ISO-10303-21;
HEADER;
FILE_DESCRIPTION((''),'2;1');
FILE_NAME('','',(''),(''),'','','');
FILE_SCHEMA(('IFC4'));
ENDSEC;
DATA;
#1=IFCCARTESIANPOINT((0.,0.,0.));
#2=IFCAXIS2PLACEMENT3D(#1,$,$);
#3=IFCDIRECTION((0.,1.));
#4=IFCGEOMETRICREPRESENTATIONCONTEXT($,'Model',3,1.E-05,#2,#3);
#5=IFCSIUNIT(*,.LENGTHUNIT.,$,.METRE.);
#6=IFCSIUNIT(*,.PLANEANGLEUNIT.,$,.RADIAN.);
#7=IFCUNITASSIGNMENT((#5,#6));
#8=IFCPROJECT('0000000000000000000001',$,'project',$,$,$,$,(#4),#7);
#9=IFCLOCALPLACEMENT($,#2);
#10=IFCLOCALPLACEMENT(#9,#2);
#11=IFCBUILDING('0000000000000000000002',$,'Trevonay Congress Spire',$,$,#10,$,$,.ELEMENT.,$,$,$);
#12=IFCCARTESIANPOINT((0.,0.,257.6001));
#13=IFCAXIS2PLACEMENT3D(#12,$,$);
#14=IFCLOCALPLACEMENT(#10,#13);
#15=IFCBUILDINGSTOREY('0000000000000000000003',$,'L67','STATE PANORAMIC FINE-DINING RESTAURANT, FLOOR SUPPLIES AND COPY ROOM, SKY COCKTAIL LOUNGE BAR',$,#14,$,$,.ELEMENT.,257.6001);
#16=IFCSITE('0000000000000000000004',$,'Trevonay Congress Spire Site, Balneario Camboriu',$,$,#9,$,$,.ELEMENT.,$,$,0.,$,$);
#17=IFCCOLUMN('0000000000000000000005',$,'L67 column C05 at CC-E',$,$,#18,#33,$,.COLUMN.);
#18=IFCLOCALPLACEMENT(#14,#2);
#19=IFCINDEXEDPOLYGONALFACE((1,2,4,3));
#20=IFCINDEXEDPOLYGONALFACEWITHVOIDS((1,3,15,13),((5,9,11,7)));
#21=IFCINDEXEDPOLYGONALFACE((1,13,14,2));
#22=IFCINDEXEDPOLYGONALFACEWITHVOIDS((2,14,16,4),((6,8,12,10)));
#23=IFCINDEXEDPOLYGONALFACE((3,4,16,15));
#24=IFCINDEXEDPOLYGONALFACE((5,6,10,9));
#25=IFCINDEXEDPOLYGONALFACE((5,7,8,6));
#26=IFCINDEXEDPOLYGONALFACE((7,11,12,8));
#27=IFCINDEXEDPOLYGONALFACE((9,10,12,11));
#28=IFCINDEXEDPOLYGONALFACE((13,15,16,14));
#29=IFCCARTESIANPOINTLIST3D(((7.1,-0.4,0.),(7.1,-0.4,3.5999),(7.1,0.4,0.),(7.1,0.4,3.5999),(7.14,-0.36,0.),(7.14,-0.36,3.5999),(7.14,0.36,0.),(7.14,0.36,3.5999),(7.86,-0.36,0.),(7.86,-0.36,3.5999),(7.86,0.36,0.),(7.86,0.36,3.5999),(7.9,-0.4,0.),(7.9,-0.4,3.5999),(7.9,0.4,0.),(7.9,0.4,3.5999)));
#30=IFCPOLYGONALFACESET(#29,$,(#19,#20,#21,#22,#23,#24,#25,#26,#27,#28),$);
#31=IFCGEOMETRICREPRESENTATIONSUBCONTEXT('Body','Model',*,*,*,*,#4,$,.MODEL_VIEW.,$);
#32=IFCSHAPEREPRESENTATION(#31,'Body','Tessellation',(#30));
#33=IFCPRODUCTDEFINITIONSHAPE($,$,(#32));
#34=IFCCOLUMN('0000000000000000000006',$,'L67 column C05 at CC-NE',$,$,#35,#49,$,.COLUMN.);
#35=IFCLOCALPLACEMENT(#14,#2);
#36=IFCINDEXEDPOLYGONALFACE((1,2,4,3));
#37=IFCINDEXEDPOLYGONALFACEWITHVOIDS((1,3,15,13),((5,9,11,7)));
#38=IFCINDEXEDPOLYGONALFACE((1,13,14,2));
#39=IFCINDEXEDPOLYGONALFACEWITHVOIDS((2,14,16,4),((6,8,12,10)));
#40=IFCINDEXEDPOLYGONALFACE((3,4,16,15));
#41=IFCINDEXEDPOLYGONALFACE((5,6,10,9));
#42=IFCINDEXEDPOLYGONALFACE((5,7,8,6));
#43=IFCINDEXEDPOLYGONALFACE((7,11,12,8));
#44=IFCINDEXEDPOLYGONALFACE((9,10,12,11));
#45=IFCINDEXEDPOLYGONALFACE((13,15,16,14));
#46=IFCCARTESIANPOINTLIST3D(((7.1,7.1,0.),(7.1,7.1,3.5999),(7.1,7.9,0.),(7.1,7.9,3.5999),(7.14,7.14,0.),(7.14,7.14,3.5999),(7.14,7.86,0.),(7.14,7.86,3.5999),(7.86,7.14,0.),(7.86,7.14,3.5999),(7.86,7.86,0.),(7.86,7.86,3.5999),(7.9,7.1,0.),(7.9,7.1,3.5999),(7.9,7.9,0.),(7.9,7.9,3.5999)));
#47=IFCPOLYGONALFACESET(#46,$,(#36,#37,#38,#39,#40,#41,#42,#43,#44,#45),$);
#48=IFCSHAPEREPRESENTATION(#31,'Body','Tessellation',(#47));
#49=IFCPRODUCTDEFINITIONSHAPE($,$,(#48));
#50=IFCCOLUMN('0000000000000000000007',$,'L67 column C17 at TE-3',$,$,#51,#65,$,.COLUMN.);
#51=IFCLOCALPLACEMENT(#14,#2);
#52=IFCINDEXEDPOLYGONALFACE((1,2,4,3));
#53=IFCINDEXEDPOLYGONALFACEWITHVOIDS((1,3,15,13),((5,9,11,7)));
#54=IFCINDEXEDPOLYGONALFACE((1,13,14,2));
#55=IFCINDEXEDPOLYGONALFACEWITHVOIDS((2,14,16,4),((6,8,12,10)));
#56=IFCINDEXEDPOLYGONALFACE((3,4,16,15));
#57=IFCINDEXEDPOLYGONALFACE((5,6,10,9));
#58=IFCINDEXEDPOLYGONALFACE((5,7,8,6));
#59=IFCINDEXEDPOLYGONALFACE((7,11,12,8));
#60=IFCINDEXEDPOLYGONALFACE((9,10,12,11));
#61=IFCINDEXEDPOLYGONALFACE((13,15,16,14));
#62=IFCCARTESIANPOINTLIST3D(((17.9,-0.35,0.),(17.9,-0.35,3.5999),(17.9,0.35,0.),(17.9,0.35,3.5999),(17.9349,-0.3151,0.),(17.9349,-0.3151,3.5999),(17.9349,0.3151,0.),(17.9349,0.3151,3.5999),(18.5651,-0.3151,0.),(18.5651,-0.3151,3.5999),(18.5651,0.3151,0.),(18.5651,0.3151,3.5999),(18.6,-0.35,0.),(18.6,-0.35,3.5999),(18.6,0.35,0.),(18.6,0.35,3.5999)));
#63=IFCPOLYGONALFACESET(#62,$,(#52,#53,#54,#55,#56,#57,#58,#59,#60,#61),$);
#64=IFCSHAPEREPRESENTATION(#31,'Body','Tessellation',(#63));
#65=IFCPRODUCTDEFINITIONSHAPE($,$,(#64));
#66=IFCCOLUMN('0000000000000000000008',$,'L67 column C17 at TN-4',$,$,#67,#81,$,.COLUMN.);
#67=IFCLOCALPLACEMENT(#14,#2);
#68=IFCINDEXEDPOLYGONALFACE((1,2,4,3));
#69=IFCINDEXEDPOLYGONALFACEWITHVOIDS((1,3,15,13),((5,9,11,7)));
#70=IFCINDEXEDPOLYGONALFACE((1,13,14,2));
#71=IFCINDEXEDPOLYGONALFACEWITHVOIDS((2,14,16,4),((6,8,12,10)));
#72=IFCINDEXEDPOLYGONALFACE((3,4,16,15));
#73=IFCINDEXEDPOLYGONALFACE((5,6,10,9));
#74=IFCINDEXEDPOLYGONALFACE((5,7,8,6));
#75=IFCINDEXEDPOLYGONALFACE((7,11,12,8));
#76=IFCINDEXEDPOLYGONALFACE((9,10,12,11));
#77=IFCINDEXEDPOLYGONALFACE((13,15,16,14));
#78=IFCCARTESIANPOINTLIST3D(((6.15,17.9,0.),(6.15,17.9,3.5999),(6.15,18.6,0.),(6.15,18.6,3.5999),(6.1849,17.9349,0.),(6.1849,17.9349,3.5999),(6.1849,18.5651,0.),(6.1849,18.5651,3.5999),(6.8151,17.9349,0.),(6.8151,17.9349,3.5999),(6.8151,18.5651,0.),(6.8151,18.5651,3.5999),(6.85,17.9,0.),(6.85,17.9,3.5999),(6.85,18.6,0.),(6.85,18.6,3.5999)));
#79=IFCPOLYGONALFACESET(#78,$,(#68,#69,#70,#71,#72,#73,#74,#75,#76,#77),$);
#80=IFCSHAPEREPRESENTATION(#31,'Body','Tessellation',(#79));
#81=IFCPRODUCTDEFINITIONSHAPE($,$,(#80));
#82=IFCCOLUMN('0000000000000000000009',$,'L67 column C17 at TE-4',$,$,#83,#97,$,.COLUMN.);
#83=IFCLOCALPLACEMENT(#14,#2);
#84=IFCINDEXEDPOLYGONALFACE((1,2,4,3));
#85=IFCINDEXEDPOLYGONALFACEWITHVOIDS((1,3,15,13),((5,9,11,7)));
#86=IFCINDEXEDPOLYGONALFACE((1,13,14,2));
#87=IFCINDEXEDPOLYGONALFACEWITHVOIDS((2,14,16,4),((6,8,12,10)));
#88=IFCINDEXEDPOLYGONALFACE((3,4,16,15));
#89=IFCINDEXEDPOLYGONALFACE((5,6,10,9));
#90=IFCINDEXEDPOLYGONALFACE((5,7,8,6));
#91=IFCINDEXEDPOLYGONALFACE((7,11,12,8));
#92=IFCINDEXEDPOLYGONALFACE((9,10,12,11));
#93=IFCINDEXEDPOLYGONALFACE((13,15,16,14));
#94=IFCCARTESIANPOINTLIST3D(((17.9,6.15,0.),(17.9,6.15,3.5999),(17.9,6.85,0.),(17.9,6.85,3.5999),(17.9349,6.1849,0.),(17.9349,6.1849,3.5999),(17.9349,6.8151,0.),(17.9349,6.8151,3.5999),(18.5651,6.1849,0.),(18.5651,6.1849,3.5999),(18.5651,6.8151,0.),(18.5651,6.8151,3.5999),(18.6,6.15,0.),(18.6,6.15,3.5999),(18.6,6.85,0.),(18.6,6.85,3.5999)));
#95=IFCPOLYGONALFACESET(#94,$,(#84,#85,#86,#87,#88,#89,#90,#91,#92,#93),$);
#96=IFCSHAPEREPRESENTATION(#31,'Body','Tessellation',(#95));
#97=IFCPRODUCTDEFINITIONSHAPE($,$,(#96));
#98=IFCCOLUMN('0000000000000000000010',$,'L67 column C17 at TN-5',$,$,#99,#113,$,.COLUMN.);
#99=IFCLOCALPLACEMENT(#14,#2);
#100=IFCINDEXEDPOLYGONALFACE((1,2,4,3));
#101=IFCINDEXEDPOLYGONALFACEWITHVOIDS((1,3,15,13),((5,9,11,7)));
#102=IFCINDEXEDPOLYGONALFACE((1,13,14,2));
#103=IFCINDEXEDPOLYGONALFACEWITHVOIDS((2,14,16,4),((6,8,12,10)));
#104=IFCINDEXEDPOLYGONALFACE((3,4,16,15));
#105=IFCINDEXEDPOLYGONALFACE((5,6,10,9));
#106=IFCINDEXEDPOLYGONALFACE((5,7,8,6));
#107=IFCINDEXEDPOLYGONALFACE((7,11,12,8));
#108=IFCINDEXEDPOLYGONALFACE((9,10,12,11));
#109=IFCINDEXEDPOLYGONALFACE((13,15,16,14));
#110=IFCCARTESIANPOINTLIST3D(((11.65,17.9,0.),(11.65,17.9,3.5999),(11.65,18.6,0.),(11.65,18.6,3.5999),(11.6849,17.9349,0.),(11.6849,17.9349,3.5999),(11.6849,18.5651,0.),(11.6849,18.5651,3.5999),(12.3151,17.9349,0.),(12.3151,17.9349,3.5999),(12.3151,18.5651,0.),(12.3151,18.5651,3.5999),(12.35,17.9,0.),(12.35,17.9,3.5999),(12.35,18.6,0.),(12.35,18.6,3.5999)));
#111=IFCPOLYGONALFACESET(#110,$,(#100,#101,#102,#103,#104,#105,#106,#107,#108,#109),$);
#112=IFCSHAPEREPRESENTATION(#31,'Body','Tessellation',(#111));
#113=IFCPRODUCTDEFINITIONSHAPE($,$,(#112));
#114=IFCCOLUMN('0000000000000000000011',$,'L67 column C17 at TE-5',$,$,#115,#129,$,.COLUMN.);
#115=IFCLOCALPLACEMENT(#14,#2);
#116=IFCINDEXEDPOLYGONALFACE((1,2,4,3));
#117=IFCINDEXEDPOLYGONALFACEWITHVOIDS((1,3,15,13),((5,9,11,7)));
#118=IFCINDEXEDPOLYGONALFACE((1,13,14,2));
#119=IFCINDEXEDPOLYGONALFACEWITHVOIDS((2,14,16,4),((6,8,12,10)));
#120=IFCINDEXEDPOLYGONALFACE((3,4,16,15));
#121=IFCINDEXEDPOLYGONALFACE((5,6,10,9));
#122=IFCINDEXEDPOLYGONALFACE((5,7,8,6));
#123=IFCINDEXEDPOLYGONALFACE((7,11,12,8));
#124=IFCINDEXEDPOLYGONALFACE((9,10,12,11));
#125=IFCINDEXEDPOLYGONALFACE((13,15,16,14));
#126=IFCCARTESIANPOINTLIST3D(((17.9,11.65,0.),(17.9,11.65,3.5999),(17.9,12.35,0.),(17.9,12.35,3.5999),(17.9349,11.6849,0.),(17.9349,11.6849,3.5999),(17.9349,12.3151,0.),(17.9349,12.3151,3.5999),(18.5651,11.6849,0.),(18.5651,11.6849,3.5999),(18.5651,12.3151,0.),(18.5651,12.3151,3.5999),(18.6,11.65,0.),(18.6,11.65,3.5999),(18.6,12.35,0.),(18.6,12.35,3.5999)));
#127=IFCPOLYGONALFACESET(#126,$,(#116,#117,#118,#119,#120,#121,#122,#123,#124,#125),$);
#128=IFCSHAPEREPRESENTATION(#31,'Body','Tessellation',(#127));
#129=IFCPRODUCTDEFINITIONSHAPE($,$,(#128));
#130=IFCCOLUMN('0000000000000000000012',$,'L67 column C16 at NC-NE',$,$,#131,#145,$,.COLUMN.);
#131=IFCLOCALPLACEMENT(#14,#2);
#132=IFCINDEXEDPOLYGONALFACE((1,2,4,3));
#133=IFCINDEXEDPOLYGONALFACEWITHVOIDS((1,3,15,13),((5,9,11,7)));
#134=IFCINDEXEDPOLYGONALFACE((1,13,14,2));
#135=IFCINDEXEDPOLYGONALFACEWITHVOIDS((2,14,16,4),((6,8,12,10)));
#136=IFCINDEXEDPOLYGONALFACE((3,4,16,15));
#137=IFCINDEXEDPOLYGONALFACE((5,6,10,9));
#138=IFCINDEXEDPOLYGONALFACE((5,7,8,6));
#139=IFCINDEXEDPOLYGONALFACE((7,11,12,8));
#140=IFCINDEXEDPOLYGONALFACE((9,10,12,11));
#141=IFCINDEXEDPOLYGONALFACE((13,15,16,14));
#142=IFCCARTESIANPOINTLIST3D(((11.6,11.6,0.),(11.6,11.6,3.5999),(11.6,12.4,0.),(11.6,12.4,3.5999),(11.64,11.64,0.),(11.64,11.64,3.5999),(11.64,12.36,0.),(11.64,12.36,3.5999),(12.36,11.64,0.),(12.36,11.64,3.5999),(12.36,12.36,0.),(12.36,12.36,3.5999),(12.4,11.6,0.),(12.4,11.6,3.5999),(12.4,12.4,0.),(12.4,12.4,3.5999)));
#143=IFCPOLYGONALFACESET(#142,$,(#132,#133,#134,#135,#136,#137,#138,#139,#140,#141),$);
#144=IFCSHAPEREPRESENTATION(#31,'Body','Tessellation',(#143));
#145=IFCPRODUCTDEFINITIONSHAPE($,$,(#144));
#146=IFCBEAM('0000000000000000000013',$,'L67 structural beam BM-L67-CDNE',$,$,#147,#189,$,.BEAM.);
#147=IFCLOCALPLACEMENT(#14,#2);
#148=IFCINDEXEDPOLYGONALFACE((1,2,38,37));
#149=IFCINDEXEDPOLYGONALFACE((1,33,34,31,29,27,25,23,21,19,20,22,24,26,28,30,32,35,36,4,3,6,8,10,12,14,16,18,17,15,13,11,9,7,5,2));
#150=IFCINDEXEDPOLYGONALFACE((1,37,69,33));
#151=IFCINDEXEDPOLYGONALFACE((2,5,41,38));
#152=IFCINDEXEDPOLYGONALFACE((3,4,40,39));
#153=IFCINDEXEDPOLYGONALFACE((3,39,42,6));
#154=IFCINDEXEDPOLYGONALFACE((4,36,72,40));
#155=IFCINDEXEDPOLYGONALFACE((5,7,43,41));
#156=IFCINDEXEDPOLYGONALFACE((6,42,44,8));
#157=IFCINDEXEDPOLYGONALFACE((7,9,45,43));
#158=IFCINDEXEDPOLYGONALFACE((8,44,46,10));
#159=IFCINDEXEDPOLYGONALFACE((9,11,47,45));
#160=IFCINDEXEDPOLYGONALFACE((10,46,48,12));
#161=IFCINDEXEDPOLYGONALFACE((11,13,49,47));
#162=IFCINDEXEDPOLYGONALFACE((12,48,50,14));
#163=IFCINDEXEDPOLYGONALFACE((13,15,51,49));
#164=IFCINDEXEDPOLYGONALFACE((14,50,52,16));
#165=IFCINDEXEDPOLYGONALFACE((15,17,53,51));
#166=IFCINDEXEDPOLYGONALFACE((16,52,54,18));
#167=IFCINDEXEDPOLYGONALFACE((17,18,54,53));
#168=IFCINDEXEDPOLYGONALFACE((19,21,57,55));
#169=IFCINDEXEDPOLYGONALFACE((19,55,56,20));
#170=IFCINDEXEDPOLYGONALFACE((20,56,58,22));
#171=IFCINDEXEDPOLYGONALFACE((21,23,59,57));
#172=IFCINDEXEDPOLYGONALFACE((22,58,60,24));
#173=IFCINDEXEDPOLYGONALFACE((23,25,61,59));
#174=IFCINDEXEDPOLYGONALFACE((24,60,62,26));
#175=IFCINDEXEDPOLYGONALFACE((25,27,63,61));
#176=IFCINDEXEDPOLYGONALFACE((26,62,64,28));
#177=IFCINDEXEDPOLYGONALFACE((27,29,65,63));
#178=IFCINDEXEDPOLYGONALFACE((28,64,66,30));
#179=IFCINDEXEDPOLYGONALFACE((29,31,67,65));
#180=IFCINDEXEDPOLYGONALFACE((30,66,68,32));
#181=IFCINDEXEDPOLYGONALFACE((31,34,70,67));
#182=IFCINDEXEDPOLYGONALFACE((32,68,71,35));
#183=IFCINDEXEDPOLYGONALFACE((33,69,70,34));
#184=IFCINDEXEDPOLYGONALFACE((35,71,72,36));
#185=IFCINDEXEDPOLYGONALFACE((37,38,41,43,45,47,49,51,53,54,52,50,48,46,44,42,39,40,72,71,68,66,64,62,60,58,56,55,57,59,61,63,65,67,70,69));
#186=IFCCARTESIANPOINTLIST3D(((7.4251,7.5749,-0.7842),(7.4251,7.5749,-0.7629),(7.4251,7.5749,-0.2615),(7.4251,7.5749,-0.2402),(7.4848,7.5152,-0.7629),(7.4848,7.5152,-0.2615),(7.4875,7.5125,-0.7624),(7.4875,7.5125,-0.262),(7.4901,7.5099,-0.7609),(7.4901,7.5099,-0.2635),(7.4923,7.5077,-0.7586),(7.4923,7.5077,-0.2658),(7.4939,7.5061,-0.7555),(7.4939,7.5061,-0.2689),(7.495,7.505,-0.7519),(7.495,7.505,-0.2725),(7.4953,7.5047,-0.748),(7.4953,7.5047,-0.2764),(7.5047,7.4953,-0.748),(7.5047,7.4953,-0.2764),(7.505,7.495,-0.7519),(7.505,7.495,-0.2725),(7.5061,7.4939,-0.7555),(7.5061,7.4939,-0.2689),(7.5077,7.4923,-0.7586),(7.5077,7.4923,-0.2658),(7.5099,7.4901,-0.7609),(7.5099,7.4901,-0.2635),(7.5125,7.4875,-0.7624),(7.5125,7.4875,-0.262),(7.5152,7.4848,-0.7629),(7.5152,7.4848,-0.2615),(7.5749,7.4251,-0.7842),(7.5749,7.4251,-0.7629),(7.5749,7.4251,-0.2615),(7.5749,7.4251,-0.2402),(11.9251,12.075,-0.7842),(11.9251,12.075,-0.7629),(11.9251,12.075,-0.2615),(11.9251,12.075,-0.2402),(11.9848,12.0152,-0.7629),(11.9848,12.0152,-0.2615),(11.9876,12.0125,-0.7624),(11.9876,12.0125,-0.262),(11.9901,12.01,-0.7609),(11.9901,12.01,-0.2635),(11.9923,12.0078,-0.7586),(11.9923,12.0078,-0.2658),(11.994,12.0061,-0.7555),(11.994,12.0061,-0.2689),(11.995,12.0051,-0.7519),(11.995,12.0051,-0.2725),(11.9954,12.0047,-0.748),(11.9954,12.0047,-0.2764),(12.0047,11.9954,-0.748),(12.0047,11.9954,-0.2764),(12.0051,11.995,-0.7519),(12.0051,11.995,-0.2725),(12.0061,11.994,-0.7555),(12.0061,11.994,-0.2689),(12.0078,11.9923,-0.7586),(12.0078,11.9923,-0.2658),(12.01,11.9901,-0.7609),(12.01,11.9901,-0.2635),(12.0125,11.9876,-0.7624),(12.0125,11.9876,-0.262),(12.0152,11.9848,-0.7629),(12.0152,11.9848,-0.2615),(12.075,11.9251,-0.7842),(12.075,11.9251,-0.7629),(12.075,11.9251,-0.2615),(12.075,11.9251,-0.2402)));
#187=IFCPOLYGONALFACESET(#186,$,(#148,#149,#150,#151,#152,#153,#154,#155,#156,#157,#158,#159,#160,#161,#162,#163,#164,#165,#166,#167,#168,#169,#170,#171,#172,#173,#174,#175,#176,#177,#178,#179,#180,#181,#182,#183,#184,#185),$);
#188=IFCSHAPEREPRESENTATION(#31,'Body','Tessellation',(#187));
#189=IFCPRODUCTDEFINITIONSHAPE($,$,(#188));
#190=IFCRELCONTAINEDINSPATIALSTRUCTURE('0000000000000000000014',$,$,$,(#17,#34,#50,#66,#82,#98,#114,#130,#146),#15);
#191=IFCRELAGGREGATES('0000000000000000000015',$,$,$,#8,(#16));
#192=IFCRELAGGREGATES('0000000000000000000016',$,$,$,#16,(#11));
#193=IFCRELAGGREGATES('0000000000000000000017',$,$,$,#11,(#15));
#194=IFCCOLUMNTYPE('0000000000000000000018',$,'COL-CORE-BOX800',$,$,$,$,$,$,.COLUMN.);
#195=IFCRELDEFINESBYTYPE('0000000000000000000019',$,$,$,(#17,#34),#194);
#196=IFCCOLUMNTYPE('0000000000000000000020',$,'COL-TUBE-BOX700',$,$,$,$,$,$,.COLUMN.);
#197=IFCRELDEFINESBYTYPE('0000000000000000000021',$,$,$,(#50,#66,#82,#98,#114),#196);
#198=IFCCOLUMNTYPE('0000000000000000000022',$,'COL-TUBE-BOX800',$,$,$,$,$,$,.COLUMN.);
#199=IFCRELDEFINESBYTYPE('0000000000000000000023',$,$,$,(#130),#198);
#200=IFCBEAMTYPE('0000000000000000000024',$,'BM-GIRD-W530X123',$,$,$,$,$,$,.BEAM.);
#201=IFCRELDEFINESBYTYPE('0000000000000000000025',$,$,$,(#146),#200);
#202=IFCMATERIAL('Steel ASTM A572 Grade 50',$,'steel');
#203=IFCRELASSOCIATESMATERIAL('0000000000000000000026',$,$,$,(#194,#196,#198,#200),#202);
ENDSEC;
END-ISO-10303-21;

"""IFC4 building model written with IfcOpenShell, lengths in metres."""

from ifc_helpers import new_model, si_unit, direction, frame, origin, origin_2d, place, context, subcontext, project, spatial, hollow_rectangle, i_section, extrude, material, material_profile, profile_set, type_object, element, save


model = new_model("IFC4")

# Units and contexts
model_context = context("Model", 3, precision=1e-05, world=origin(), true_north=direction((0.0, 1.0)))
body_context = subcontext(model_context, "Body", "Model", "MODEL_VIEW")
ifc_project = project(units=[si_unit("LENGTHUNIT", "METRE"), si_unit("PLANEANGLEUNIT", "RADIAN")], contexts=[model_context])

# Site, building, storey
site_placement = place(None, origin())
site = spatial("IfcSite", under=ifc_project, at=site_placement, Name="Trevonay Congress Spire Site, Balneario Camboriu", CompositionType="ELEMENT", RefElevation=0.0)
building_placement = place(site_placement, origin())
building = spatial("IfcBuilding", under=site, at=building_placement, Name="Trevonay Congress Spire", CompositionType="ELEMENT")
storey_placement = place(building_placement, frame((0.0, 0.0, 257.6001)))
storey = spatial("IfcBuildingStorey", under=building, at=storey_placement, Name="L67", Description="STATE PANORAMIC FINE-DINING RESTAURANT, FLOOR SUPPLIES AND COPY ROOM, SKY COCKTAIL LOUNGE BAR", CompositionType="ELEMENT", Elevation=257.6001)

# Columns
ifc_material_1 = material(Name="Steel ASTM A572 Grade 50", Category="steel")
ifc_material_profile_1 = material_profile(ifc_material_1, hollow_rectangle(XDim=0.8, YDim=0.8, WallThickness=0.04, at=origin_2d()), Name="BOX 800x800x40")
ifc_profile_set_1 = profile_set([ifc_material_profile_1], Name="Steel ASTM A572 Grade 50")
column_type_1 = type_object("IfcColumnType", Name="COL-CORE-BOX800", PredefinedType="COLUMN", material=ifc_profile_set_1)
for number, where, z_axis, x_axis, name in (
    (1, (7.5, 0.0, 0.0), (0.0, 0.0, 1.0), (1.0, 0.0, 0.0), "L67 column C05 at CC-E"),
    (2, (7.5, 7.5, 0.0), (0.0, 0.0, 1.0), (1.0, 0.0, 0.0), "L67 column C05 at CC-NE"),
):
    element("IfcColumn", number, at=place(storey_placement, frame(where, z_axis=z_axis, x_axis=x_axis)), inside=storey, type_object=column_type_1, Name=name, PredefinedType="COLUMN", context=body_context, shape_type="SweptSolid", body=[
        extrude(hollow_rectangle(XDim=0.8, YDim=0.8, WallThickness=0.04, at=origin_2d()), origin(), (0.0, 0.0, 1.0), 3.5999),
    ])
ifc_material_profile_2 = material_profile(ifc_material_1, hollow_rectangle(XDim=0.7, YDim=0.7, WallThickness=0.0349, at=origin_2d()), Name="BOX 700x700x35")
ifc_profile_set_2 = profile_set([ifc_material_profile_2], Name="Steel ASTM A572 Grade 50")
column_type_2 = type_object("IfcColumnType", Name="COL-TUBE-BOX700", PredefinedType="COLUMN", material=ifc_profile_set_2)
for number, where, z_axis, x_axis, name in (
    (3, (18.25, 0.0, 0.0), (0.0, 0.0, 1.0), (1.0, 0.0, 0.0), "L67 column C17 at TE-3"),
    (4, (6.5, 18.25, 0.0), (0.0, 0.0, 1.0), (1.0, 0.0, 0.0), "L67 column C17 at TN-4"),
    (5, (18.25, 6.5, 0.0), (0.0, 0.0, 1.0), (1.0, 0.0, 0.0), "L67 column C17 at TE-4"),
    (6, (12.0, 18.25, 0.0), (0.0, 0.0, 1.0), (1.0, 0.0, 0.0), "L67 column C17 at TN-5"),
    (7, (18.25, 12.0, 0.0), (0.0, 0.0, 1.0), (1.0, 0.0, 0.0), "L67 column C17 at TE-5"),
):
    element("IfcColumn", number, at=place(storey_placement, frame(where, z_axis=z_axis, x_axis=x_axis)), inside=storey, type_object=column_type_2, Name=name, PredefinedType="COLUMN", context=body_context, shape_type="SweptSolid", body=[
        extrude(hollow_rectangle(XDim=0.7, YDim=0.7, WallThickness=0.0349, at=origin_2d()), origin(), (0.0, 0.0, 1.0), 3.5999),
    ])
ifc_material_profile_3 = material_profile(ifc_material_1, hollow_rectangle(XDim=0.8, YDim=0.8, WallThickness=0.04, at=origin_2d()), Name="BOX 800x800x40")
ifc_profile_set_3 = profile_set([ifc_material_profile_3], Name="Steel ASTM A572 Grade 50")
column_type_3 = type_object("IfcColumnType", Name="COL-TUBE-BOX800", PredefinedType="COLUMN", material=ifc_profile_set_3)
column_placement = place(storey_placement, frame((12.0, 12.0, 0.0), z_axis=(0.0, 0.0, 1.0), x_axis=(1.0, 0.0, 0.0)))
element("IfcColumn", 8, at=column_placement, inside=storey, type_object=column_type_3, Name="L67 column C16 at NC-NE", PredefinedType="COLUMN", context=body_context, shape_type="SweptSolid", body=[
    extrude(hollow_rectangle(XDim=0.8, YDim=0.8, WallThickness=0.04, at=origin_2d()), origin(), (0.0, 0.0, 1.0), 3.5999),
])

# Beam
ifc_material_profile_4 = material_profile(ifc_material_1, i_section(OverallWidth=0.2119, OverallDepth=0.5439, WebThickness=0.0132, FlangeThickness=0.0212, FilletRadius=0.0149, at=origin_2d()), Name="W530x123")
ifc_profile_set_4 = profile_set([ifc_material_profile_4], Name="Steel ASTM A572 Grade 50")
beam_type_1 = type_object("IfcBeamType", Name="BM-GIRD-W530X123", PredefinedType="BEAM", material=ifc_profile_set_4)
beam_1_placement = place(storey_placement, frame((7.5, 7.5, -0.5122), z_axis=(0.707107, 0.707107, 0.0), x_axis=(-0.707107, 0.707107, 0.0)))
element("IfcBeam", 9, at=beam_1_placement, inside=storey, type_object=beam_type_1, Name="L67 structural beam BM-L67-CDNE", PredefinedType="BEAM", context=body_context, shape_type="SweptSolid", body=[
    extrude(i_section(OverallWidth=0.2119, OverallDepth=0.5439, WebThickness=0.0132, FlangeThickness=0.0212, FilletRadius=0.0149, at=origin_2d()), origin(), (0.0, 0.0, 1.0), 6.364),
])

save(model, "model.ifc")
